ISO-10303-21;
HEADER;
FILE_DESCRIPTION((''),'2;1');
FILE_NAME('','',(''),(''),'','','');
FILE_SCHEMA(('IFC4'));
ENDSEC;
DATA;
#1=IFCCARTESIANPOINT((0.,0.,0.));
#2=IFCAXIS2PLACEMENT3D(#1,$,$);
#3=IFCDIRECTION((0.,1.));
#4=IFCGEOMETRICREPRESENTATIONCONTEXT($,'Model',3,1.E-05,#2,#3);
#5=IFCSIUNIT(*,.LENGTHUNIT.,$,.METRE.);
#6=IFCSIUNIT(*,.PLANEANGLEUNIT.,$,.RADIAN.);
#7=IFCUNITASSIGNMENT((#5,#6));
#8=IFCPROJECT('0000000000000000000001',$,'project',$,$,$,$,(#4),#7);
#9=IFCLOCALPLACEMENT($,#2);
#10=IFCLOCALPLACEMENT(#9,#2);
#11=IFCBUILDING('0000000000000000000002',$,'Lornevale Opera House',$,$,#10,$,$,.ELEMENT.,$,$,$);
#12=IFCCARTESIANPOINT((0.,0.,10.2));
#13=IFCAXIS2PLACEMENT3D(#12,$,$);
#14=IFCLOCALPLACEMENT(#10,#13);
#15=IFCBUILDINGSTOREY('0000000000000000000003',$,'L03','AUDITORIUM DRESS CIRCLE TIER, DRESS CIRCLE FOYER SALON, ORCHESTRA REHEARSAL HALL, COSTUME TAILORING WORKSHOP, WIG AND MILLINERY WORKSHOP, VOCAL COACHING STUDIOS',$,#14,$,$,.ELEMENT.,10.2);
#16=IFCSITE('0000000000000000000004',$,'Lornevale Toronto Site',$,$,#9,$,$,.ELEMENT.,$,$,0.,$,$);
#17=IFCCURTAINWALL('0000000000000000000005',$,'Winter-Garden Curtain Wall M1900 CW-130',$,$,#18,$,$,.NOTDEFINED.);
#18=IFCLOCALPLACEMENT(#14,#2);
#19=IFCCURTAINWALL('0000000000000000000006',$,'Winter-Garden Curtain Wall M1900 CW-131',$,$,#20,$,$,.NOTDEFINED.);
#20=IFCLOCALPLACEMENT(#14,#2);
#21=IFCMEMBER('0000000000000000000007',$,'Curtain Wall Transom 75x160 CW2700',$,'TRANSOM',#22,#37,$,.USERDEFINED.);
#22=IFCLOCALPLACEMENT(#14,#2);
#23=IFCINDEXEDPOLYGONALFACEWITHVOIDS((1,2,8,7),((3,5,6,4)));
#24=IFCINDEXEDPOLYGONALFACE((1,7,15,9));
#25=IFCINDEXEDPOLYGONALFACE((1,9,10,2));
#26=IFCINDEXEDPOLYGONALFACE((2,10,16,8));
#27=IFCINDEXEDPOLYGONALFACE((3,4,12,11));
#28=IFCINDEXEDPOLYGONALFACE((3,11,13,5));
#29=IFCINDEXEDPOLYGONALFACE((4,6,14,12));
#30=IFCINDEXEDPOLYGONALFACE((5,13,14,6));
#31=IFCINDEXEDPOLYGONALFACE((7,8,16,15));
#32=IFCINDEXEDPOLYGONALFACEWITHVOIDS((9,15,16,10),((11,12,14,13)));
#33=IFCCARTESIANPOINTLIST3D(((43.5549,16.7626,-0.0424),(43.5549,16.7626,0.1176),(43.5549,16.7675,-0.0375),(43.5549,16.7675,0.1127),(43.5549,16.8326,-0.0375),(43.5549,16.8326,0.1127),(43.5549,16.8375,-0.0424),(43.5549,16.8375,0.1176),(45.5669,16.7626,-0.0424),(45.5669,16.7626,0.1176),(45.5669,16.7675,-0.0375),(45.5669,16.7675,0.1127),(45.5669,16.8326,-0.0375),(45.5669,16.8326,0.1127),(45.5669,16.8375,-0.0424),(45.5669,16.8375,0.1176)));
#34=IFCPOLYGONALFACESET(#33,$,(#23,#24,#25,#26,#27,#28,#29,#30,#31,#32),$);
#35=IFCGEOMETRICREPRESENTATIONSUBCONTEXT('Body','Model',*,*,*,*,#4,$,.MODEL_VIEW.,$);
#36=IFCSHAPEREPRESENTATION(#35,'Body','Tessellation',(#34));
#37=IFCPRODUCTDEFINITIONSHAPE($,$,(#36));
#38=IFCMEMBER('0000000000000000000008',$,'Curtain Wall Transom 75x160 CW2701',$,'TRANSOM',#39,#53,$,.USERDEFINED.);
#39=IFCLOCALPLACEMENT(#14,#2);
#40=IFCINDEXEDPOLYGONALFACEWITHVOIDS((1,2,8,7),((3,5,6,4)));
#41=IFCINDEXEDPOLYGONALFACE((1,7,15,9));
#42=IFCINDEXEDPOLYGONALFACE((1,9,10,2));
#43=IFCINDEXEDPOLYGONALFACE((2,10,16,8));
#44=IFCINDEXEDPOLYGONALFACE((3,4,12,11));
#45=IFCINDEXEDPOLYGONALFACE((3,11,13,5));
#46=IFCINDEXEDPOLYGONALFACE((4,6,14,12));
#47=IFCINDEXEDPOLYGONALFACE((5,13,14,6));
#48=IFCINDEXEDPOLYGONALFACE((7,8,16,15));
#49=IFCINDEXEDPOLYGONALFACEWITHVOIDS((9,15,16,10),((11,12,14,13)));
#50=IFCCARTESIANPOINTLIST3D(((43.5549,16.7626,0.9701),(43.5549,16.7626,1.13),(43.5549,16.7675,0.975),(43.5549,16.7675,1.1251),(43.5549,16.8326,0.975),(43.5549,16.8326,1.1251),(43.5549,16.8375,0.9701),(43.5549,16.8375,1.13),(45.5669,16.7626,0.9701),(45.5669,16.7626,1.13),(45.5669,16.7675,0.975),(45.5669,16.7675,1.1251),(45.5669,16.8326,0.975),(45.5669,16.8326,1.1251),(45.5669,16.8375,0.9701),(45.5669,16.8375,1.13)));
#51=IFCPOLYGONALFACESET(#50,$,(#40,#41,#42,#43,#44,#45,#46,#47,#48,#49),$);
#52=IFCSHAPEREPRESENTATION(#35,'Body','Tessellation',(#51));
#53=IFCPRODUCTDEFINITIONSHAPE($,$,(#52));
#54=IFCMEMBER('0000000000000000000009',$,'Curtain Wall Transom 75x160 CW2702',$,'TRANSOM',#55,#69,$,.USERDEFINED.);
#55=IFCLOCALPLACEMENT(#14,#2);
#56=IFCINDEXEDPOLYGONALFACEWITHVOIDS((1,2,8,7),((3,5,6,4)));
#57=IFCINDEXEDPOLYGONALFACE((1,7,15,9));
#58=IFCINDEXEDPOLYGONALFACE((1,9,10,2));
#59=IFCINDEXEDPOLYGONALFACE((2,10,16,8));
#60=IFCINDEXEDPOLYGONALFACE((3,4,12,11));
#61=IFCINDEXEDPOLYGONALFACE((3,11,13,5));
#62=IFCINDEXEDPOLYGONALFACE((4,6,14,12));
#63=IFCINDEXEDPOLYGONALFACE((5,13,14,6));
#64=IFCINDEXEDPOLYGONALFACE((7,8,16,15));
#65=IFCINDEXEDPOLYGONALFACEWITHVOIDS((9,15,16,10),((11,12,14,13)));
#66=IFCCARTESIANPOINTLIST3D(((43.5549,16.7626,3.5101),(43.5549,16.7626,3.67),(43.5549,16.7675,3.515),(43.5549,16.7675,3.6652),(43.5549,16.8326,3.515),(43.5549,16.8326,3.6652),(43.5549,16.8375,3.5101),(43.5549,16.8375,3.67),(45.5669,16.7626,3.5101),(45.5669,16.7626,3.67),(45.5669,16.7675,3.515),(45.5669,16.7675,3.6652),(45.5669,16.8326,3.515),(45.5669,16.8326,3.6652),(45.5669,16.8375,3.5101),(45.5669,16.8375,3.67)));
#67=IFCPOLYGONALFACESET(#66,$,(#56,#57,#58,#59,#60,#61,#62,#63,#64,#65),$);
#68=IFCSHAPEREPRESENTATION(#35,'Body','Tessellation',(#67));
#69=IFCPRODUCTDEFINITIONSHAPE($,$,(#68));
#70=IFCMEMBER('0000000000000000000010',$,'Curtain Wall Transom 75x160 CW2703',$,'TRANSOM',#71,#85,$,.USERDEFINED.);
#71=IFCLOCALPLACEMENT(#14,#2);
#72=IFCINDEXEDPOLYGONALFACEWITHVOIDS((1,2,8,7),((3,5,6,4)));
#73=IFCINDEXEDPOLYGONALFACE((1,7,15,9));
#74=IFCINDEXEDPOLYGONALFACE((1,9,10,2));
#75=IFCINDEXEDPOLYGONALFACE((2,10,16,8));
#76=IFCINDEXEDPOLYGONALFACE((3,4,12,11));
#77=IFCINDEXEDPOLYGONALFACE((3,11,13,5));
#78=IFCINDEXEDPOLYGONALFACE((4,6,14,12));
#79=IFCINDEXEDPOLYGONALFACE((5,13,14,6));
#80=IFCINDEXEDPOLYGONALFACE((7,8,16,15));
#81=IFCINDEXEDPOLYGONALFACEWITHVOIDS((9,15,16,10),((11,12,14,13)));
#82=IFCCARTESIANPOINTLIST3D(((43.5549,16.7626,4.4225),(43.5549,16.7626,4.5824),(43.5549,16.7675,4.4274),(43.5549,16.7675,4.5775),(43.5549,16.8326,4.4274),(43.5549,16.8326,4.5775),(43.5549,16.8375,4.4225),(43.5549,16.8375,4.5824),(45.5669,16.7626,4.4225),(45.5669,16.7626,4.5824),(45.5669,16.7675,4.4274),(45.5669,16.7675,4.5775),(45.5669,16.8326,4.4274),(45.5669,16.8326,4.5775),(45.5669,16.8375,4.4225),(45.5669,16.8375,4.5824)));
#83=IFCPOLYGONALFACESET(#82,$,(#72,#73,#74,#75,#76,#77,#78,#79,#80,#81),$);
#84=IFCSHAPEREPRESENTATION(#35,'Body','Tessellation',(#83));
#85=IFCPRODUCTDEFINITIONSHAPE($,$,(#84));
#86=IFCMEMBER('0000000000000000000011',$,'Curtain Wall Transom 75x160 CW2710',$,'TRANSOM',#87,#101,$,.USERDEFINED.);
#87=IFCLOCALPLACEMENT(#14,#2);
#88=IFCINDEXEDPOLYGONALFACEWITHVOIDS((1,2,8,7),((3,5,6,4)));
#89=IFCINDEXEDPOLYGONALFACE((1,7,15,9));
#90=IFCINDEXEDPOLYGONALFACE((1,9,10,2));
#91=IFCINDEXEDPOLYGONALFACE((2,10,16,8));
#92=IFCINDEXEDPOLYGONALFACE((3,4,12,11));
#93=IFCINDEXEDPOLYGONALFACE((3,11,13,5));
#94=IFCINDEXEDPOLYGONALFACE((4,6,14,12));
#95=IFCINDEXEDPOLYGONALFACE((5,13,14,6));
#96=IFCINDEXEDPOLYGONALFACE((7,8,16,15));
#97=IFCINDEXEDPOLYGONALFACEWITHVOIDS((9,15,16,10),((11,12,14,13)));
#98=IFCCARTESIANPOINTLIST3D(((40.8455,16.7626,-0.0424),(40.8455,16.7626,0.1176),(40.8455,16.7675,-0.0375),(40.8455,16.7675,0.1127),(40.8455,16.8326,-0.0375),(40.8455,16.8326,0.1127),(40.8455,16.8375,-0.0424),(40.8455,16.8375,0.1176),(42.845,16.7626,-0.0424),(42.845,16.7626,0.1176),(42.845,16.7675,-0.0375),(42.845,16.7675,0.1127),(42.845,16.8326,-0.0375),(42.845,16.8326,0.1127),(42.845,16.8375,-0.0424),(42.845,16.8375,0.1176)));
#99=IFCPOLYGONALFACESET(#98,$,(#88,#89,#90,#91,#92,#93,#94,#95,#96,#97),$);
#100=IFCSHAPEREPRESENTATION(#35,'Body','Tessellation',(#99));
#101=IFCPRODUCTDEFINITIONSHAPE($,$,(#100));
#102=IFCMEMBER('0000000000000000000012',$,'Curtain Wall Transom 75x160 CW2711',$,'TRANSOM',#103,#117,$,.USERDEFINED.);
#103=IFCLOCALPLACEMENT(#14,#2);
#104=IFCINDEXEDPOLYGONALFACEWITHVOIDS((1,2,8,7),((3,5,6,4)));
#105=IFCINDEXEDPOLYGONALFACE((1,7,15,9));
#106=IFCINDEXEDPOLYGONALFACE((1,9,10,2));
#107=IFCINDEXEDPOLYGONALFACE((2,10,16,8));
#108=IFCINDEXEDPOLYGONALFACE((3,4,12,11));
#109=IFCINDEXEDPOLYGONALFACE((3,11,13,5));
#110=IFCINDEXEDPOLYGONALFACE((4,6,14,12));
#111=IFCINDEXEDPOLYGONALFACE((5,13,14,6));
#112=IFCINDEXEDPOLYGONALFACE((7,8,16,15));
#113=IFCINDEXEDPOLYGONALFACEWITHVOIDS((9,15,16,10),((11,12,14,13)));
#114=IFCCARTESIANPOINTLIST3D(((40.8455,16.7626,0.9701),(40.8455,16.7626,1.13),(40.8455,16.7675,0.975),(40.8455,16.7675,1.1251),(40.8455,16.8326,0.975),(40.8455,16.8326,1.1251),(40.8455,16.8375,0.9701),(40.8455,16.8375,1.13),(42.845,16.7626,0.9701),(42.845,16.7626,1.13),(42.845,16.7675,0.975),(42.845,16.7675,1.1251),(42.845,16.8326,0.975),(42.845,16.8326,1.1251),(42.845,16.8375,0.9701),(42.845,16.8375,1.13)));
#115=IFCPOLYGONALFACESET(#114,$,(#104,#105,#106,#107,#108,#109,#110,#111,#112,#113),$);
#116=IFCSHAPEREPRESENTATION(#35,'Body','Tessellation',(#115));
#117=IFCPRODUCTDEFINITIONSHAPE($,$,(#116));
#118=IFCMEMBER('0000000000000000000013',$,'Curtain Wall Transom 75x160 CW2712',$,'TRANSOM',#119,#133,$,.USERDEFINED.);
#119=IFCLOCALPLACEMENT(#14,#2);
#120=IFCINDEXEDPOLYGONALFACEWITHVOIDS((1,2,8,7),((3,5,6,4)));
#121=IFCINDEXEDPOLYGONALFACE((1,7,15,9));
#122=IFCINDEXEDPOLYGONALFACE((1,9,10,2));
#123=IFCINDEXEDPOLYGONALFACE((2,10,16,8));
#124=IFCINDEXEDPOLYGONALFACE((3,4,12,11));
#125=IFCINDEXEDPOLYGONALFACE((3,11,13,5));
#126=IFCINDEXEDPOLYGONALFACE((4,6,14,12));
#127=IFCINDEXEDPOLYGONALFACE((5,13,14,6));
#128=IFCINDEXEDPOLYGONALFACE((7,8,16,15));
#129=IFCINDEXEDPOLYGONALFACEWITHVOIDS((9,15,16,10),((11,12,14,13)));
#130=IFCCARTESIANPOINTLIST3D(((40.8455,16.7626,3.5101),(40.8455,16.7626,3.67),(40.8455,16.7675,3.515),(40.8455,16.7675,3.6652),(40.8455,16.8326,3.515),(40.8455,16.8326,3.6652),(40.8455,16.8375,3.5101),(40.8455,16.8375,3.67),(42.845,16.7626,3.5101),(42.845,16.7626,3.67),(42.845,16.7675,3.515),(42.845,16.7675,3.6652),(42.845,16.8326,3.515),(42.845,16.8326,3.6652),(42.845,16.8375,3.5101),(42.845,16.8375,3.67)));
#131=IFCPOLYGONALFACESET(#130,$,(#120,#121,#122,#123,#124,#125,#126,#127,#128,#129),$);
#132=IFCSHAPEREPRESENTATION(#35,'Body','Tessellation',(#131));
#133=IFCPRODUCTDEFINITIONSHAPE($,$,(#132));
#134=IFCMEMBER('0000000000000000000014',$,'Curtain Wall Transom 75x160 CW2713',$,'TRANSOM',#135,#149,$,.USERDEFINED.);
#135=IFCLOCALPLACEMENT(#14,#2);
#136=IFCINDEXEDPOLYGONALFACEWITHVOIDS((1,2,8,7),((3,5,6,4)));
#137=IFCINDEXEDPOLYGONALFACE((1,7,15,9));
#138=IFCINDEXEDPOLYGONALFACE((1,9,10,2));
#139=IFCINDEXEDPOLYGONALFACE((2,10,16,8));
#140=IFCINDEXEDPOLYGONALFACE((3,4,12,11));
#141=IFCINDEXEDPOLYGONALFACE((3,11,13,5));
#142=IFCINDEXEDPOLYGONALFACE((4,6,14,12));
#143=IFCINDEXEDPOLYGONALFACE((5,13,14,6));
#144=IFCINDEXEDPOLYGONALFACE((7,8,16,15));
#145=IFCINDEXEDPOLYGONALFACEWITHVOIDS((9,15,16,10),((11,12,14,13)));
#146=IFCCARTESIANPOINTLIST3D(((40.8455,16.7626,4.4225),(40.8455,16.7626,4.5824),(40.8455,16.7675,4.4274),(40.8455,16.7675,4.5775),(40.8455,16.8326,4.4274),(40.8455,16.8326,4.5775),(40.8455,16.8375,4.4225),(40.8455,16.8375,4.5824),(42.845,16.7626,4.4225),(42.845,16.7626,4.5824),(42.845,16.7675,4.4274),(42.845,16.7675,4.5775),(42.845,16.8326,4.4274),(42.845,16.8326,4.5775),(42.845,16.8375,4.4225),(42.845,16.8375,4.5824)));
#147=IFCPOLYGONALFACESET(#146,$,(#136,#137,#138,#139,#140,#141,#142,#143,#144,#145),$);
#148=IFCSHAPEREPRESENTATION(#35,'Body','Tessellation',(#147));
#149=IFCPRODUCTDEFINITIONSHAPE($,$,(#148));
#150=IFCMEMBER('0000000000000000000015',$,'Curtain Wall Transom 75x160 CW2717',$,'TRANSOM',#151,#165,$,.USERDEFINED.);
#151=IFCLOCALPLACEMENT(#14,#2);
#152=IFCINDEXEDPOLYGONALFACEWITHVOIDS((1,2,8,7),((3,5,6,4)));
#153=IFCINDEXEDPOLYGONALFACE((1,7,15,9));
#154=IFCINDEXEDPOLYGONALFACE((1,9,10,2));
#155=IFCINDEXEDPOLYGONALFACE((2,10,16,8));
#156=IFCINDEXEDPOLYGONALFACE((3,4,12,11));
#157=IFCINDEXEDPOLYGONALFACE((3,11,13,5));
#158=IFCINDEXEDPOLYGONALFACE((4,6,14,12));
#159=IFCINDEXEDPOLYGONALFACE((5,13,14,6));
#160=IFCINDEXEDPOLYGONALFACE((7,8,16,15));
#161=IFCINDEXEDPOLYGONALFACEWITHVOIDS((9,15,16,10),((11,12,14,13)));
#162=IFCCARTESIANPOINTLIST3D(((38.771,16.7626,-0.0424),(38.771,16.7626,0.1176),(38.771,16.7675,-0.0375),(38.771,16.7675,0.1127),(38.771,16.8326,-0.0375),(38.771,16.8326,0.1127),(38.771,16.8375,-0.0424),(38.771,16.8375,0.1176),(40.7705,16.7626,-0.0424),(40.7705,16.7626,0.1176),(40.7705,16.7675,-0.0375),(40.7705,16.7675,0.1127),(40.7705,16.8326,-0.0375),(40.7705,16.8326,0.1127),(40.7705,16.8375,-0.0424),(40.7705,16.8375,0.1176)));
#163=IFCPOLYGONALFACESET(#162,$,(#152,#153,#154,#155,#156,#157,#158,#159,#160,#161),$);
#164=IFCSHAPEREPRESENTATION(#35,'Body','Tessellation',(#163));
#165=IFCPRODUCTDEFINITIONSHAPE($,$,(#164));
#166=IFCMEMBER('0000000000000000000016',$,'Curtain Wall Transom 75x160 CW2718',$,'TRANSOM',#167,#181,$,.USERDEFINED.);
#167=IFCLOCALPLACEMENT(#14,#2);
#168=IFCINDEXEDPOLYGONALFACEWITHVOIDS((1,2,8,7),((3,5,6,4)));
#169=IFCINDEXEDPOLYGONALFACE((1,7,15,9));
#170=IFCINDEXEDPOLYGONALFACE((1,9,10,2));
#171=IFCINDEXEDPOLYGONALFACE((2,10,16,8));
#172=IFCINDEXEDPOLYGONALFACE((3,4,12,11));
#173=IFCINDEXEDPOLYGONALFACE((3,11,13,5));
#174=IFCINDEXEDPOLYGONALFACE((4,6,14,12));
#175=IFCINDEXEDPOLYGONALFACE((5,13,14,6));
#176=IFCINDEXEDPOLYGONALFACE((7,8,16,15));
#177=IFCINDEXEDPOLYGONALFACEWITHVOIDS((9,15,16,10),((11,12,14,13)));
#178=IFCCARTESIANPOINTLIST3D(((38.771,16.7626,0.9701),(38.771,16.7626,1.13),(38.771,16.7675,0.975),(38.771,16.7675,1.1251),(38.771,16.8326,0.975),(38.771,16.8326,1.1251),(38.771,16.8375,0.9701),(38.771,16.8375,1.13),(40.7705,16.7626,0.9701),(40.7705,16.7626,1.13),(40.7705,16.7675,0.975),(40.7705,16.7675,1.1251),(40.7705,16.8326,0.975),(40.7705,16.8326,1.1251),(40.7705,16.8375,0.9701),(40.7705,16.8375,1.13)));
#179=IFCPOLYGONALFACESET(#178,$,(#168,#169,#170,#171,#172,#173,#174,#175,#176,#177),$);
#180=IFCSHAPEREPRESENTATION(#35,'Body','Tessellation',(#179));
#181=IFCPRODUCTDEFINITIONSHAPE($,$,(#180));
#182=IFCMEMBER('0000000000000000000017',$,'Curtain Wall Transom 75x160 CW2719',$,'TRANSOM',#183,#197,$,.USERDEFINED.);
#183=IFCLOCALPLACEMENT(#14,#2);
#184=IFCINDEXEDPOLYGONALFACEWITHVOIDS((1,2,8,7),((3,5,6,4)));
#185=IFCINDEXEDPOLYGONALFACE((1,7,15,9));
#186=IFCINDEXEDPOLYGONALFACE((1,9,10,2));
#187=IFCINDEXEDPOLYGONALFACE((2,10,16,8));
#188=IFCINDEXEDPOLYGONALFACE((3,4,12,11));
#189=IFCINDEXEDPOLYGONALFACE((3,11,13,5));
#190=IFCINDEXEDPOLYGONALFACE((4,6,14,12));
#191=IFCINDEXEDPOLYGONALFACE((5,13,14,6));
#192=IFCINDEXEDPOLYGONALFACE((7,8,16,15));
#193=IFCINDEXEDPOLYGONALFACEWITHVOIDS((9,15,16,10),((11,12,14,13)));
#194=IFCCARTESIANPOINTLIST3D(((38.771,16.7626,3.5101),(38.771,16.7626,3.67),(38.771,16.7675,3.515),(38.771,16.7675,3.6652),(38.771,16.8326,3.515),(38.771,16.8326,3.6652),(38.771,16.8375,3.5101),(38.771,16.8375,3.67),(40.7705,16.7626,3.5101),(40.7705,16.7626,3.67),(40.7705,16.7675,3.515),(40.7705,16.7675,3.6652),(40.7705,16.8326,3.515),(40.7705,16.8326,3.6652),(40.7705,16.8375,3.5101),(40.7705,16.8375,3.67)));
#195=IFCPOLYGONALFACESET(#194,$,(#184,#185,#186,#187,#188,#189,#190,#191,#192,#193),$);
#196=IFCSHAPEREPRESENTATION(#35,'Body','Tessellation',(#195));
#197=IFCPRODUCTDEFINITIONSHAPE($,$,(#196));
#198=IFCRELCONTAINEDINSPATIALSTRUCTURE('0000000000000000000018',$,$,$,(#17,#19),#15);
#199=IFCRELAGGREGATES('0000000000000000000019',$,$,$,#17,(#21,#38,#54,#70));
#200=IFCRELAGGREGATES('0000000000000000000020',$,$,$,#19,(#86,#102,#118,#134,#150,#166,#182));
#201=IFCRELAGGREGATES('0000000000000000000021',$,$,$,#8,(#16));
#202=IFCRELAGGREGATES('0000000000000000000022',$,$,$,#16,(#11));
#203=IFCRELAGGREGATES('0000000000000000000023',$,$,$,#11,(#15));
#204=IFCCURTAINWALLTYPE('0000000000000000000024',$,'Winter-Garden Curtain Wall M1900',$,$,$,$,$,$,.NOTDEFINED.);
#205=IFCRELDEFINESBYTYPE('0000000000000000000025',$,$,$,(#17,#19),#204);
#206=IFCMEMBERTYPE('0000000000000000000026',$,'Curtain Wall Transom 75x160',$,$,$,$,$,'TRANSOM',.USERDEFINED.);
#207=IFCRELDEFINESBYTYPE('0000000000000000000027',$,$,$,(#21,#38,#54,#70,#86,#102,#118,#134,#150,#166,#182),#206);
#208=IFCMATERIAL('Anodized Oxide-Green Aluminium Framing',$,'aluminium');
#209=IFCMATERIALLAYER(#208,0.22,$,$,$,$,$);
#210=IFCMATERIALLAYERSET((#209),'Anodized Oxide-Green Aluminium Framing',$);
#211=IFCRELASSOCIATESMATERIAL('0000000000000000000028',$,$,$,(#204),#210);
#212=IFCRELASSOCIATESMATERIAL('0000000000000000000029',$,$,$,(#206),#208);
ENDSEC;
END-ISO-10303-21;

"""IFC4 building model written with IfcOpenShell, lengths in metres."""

from ifc_helpers import new_model, si_unit, direction, frame, origin, origin_2d, place, context, subcontext, project, spatial, hollow_rectangle, extrude, material, layer, layer_set, material_profile, profile_set, type_object, element, aggregate, save


model = new_model("IFC4")

# Units and contexts
model_context = context("Model", 3, precision=1e-05, world=origin(), true_north=direction((0.0, 1.0)))
body_context = subcontext(model_context, "Body", "Model", "MODEL_VIEW")
ifc_project = project(units=[si_unit("LENGTHUNIT", "METRE"), si_unit("PLANEANGLEUNIT", "RADIAN")], contexts=[model_context])

# Site, building, storey
site_placement = place(None, origin())
site = spatial("IfcSite", under=ifc_project, at=site_placement, Name="Lornevale Toronto Site", CompositionType="ELEMENT", RefElevation=0.0)
building_placement = place(site_placement, origin())
building = spatial("IfcBuilding", under=site, at=building_placement, Name="Lornevale Opera House", CompositionType="ELEMENT")
storey_placement = place(building_placement, frame((0.0, 0.0, 10.2)))
storey = spatial("IfcBuildingStorey", under=building, at=storey_placement, Name="L03", Description="AUDITORIUM DRESS CIRCLE TIER, DRESS CIRCLE FOYER SALON, ORCHESTRA REHEARSAL HALL, COSTUME TAILORING WORKSHOP, WIG AND MILLINERY WORKSHOP, VOCAL COACHING STUDIOS", CompositionType="ELEMENT", Elevation=10.2)

# Curtain walls
ifc_material_1 = material(Name="Anodized Oxide-Green Aluminium Framing", Category="aluminium")
ifc_layer_1 = layer(ifc_material_1, 0.22)
ifc_layer_set_1 = layer_set([ifc_layer_1], Name="Anodized Oxide-Green Aluminium Framing")
curtain_wall_type_1 = type_object("IfcCurtainWallType", Name="Winter-Garden Curtain Wall M1900", PredefinedType="NOTDEFINED", material=ifc_layer_set_1)
curtain_wall_1_placement = place(storey_placement, origin())
curtain_wall_1 = element("IfcCurtainWall", 1, at=curtain_wall_1_placement, inside=storey, type_object=curtain_wall_type_1, Name="Winter-Garden Curtain Wall M1900 CW-130", PredefinedType="NOTDEFINED")
curtain_wall_2_placement = place(storey_placement, origin())
curtain_wall_2 = element("IfcCurtainWall", 2, at=curtain_wall_2_placement, inside=storey, type_object=curtain_wall_type_1, Name="Winter-Garden Curtain Wall M1900 CW-131", PredefinedType="NOTDEFINED")

# Members
ifc_material_profile_1 = material_profile(ifc_material_1, hollow_rectangle(XDim=0.075, YDim=0.1599, WallThickness=0.0049, at=origin_2d()), Name="ALU75x160x5")
ifc_profile_set_1 = profile_set([ifc_material_profile_1], Name="Anodized Oxide-Green Aluminium Framing")
member_type_1 = type_object("IfcMemberType", Name="Curtain Wall Transom 75x160", ElementType="TRANSOM", PredefinedType="USERDEFINED", material=ifc_profile_set_1)
member_1_placement = place(storey_placement, frame((45.5669, 16.8, 0.0376), z_axis=(-1.0, 0.0, 0.0), x_axis=(0.0, -1.0, 0.0)))
member_1 = element("IfcMember", 3, at=member_1_placement, type_object=member_type_1, Name="Curtain Wall Transom 75x160 CW2700", ObjectType="TRANSOM", PredefinedType="USERDEFINED", context=body_context, shape_type="SweptSolid", body=[
    extrude(hollow_rectangle(XDim=0.075, YDim=0.1599, WallThickness=0.0049, at=origin_2d()), origin(), (0.0, 0.0, 1.0), 2.012),
])
member_2_placement = place(storey_placement, frame((45.5669, 16.8, 1.05), z_axis=(-1.0, 0.0, 0.0), x_axis=(0.0, -1.0, 0.0)))
member_2 = element("IfcMember", 4, at=member_2_placement, type_object=member_type_1, Name="Curtain Wall Transom 75x160 CW2701", ObjectType="TRANSOM", PredefinedType="USERDEFINED", context=body_context, shape_type="SweptSolid", body=[
    extrude(hollow_rectangle(XDim=0.075, YDim=0.1599, WallThickness=0.0049, at=origin_2d()), origin(), (0.0, 0.0, 1.0), 2.012),
])
member_3_placement = place(storey_placement, frame((45.5669, 16.8, 3.5901), z_axis=(-1.0, 0.0, 0.0), x_axis=(0.0, -1.0, 0.0)))
member_3 = element("IfcMember", 5, at=member_3_placement, type_object=member_type_1, Name="Curtain Wall Transom 75x160 CW2702", ObjectType="TRANSOM", PredefinedType="USERDEFINED", context=body_context, shape_type="SweptSolid", body=[
    extrude(hollow_rectangle(XDim=0.075, YDim=0.1599, WallThickness=0.0049, at=origin_2d()), origin(), (0.0, 0.0, 1.0), 2.012),
])
member_4_placement = place(storey_placement, frame((45.5669, 16.8, 4.5024), z_axis=(-1.0, 0.0, 0.0), x_axis=(0.0, -1.0, 0.0)))
member_4 = element("IfcMember", 6, at=member_4_placement, type_object=member_type_1, Name="Curtain Wall Transom 75x160 CW2703", ObjectType="TRANSOM", PredefinedType="USERDEFINED", context=body_context, shape_type="SweptSolid", body=[
    extrude(hollow_rectangle(XDim=0.075, YDim=0.1599, WallThickness=0.0049, at=origin_2d()), origin(), (0.0, 0.0, 1.0), 2.012),
])
member_5_placement = place(storey_placement, frame((42.845, 16.8, 0.0376), z_axis=(-1.0, 0.0, 0.0), x_axis=(0.0, -1.0, 0.0)))
member_5 = element("IfcMember", 7, at=member_5_placement, type_object=member_type_1, Name="Curtain Wall Transom 75x160 CW2710", ObjectType="TRANSOM", PredefinedType="USERDEFINED", context=body_context, shape_type="SweptSolid", body=[
    extrude(hollow_rectangle(XDim=0.075, YDim=0.1599, WallThickness=0.0049, at=origin_2d()), origin(), (0.0, 0.0, 1.0), 1.9995),
])
member_6_placement = place(storey_placement, frame((42.845, 16.8, 1.05), z_axis=(-1.0, 0.0, 0.0), x_axis=(0.0, -1.0, 0.0)))
member_6 = element("IfcMember", 8, at=member_6_placement, type_object=member_type_1, Name="Curtain Wall Transom 75x160 CW2711", ObjectType="TRANSOM", PredefinedType="USERDEFINED", context=body_context, shape_type="SweptSolid", body=[
    extrude(hollow_rectangle(XDim=0.075, YDim=0.1599, WallThickness=0.0049, at=origin_2d()), origin(), (0.0, 0.0, 1.0), 1.9995),
])
member_7_placement = place(storey_placement, frame((42.845, 16.8, 3.5901), z_axis=(-1.0, 0.0, 0.0), x_axis=(0.0, -1.0, 0.0)))
member_7 = element("IfcMember", 9, at=member_7_placement, type_object=member_type_1, Name="Curtain Wall Transom 75x160 CW2712", ObjectType="TRANSOM", PredefinedType="USERDEFINED", context=body_context, shape_type="SweptSolid", body=[
    extrude(hollow_rectangle(XDim=0.075, YDim=0.1599, WallThickness=0.0049, at=origin_2d()), origin(), (0.0, 0.0, 1.0), 1.9995),
])
member_8_placement = place(storey_placement, frame((42.845, 16.8, 4.5024), z_axis=(-1.0, 0.0, 0.0), x_axis=(0.0, -1.0, 0.0)))
member_8 = element("IfcMember", 10, at=member_8_placement, type_object=member_type_1, Name="Curtain Wall Transom 75x160 CW2713", ObjectType="TRANSOM", PredefinedType="USERDEFINED", context=body_context, shape_type="SweptSolid", body=[
    extrude(hollow_rectangle(XDim=0.075, YDim=0.1599, WallThickness=0.0049, at=origin_2d()), origin(), (0.0, 0.0, 1.0), 1.9995),
])
member_9_placement = place(storey_placement, frame((40.7705, 16.8, 0.0376), z_axis=(-1.0, 0.0, 0.0), x_axis=(0.0, -1.0, 0.0)))
member_9 = element("IfcMember", 11, at=member_9_placement, type_object=member_type_1, Name="Curtain Wall Transom 75x160 CW2717", ObjectType="TRANSOM", PredefinedType="USERDEFINED", context=body_context, shape_type="SweptSolid", body=[
    extrude(hollow_rectangle(XDim=0.075, YDim=0.1599, WallThickness=0.0049, at=origin_2d()), origin(), (0.0, 0.0, 1.0), 1.9995),
])
member_10_placement = place(storey_placement, frame((40.7705, 16.8, 1.05), z_axis=(-1.0, 0.0, 0.0), x_axis=(0.0, -1.0, 0.0)))
member_10 = element("IfcMember", 12, at=member_10_placement, type_object=member_type_1, Name="Curtain Wall Transom 75x160 CW2718", ObjectType="TRANSOM", PredefinedType="USERDEFINED", context=body_context, shape_type="SweptSolid", body=[
    extrude(hollow_rectangle(XDim=0.075, YDim=0.1599, WallThickness=0.0049, at=origin_2d()), origin(), (0.0, 0.0, 1.0), 1.9995),
])
member_11_placement = place(storey_placement, frame((40.7705, 16.8, 3.5901), z_axis=(-1.0, 0.0, 0.0), x_axis=(0.0, -1.0, 0.0)))
member_11 = element("IfcMember", 13, at=member_11_placement, type_object=member_type_1, Name="Curtain Wall Transom 75x160 CW2719", ObjectType="TRANSOM", PredefinedType="USERDEFINED", context=body_context, shape_type="SweptSolid", body=[
    extrude(hollow_rectangle(XDim=0.075, YDim=0.1599, WallThickness=0.0049, at=origin_2d()), origin(), (0.0, 0.0, 1.0), 1.9995),
])

aggregate(curtain_wall_1, [member_1, member_2, member_3, member_4])
aggregate(curtain_wall_2, [member_5, member_6, member_7, member_8, member_9, member_10, member_11])

save(model, "model.ifc")
